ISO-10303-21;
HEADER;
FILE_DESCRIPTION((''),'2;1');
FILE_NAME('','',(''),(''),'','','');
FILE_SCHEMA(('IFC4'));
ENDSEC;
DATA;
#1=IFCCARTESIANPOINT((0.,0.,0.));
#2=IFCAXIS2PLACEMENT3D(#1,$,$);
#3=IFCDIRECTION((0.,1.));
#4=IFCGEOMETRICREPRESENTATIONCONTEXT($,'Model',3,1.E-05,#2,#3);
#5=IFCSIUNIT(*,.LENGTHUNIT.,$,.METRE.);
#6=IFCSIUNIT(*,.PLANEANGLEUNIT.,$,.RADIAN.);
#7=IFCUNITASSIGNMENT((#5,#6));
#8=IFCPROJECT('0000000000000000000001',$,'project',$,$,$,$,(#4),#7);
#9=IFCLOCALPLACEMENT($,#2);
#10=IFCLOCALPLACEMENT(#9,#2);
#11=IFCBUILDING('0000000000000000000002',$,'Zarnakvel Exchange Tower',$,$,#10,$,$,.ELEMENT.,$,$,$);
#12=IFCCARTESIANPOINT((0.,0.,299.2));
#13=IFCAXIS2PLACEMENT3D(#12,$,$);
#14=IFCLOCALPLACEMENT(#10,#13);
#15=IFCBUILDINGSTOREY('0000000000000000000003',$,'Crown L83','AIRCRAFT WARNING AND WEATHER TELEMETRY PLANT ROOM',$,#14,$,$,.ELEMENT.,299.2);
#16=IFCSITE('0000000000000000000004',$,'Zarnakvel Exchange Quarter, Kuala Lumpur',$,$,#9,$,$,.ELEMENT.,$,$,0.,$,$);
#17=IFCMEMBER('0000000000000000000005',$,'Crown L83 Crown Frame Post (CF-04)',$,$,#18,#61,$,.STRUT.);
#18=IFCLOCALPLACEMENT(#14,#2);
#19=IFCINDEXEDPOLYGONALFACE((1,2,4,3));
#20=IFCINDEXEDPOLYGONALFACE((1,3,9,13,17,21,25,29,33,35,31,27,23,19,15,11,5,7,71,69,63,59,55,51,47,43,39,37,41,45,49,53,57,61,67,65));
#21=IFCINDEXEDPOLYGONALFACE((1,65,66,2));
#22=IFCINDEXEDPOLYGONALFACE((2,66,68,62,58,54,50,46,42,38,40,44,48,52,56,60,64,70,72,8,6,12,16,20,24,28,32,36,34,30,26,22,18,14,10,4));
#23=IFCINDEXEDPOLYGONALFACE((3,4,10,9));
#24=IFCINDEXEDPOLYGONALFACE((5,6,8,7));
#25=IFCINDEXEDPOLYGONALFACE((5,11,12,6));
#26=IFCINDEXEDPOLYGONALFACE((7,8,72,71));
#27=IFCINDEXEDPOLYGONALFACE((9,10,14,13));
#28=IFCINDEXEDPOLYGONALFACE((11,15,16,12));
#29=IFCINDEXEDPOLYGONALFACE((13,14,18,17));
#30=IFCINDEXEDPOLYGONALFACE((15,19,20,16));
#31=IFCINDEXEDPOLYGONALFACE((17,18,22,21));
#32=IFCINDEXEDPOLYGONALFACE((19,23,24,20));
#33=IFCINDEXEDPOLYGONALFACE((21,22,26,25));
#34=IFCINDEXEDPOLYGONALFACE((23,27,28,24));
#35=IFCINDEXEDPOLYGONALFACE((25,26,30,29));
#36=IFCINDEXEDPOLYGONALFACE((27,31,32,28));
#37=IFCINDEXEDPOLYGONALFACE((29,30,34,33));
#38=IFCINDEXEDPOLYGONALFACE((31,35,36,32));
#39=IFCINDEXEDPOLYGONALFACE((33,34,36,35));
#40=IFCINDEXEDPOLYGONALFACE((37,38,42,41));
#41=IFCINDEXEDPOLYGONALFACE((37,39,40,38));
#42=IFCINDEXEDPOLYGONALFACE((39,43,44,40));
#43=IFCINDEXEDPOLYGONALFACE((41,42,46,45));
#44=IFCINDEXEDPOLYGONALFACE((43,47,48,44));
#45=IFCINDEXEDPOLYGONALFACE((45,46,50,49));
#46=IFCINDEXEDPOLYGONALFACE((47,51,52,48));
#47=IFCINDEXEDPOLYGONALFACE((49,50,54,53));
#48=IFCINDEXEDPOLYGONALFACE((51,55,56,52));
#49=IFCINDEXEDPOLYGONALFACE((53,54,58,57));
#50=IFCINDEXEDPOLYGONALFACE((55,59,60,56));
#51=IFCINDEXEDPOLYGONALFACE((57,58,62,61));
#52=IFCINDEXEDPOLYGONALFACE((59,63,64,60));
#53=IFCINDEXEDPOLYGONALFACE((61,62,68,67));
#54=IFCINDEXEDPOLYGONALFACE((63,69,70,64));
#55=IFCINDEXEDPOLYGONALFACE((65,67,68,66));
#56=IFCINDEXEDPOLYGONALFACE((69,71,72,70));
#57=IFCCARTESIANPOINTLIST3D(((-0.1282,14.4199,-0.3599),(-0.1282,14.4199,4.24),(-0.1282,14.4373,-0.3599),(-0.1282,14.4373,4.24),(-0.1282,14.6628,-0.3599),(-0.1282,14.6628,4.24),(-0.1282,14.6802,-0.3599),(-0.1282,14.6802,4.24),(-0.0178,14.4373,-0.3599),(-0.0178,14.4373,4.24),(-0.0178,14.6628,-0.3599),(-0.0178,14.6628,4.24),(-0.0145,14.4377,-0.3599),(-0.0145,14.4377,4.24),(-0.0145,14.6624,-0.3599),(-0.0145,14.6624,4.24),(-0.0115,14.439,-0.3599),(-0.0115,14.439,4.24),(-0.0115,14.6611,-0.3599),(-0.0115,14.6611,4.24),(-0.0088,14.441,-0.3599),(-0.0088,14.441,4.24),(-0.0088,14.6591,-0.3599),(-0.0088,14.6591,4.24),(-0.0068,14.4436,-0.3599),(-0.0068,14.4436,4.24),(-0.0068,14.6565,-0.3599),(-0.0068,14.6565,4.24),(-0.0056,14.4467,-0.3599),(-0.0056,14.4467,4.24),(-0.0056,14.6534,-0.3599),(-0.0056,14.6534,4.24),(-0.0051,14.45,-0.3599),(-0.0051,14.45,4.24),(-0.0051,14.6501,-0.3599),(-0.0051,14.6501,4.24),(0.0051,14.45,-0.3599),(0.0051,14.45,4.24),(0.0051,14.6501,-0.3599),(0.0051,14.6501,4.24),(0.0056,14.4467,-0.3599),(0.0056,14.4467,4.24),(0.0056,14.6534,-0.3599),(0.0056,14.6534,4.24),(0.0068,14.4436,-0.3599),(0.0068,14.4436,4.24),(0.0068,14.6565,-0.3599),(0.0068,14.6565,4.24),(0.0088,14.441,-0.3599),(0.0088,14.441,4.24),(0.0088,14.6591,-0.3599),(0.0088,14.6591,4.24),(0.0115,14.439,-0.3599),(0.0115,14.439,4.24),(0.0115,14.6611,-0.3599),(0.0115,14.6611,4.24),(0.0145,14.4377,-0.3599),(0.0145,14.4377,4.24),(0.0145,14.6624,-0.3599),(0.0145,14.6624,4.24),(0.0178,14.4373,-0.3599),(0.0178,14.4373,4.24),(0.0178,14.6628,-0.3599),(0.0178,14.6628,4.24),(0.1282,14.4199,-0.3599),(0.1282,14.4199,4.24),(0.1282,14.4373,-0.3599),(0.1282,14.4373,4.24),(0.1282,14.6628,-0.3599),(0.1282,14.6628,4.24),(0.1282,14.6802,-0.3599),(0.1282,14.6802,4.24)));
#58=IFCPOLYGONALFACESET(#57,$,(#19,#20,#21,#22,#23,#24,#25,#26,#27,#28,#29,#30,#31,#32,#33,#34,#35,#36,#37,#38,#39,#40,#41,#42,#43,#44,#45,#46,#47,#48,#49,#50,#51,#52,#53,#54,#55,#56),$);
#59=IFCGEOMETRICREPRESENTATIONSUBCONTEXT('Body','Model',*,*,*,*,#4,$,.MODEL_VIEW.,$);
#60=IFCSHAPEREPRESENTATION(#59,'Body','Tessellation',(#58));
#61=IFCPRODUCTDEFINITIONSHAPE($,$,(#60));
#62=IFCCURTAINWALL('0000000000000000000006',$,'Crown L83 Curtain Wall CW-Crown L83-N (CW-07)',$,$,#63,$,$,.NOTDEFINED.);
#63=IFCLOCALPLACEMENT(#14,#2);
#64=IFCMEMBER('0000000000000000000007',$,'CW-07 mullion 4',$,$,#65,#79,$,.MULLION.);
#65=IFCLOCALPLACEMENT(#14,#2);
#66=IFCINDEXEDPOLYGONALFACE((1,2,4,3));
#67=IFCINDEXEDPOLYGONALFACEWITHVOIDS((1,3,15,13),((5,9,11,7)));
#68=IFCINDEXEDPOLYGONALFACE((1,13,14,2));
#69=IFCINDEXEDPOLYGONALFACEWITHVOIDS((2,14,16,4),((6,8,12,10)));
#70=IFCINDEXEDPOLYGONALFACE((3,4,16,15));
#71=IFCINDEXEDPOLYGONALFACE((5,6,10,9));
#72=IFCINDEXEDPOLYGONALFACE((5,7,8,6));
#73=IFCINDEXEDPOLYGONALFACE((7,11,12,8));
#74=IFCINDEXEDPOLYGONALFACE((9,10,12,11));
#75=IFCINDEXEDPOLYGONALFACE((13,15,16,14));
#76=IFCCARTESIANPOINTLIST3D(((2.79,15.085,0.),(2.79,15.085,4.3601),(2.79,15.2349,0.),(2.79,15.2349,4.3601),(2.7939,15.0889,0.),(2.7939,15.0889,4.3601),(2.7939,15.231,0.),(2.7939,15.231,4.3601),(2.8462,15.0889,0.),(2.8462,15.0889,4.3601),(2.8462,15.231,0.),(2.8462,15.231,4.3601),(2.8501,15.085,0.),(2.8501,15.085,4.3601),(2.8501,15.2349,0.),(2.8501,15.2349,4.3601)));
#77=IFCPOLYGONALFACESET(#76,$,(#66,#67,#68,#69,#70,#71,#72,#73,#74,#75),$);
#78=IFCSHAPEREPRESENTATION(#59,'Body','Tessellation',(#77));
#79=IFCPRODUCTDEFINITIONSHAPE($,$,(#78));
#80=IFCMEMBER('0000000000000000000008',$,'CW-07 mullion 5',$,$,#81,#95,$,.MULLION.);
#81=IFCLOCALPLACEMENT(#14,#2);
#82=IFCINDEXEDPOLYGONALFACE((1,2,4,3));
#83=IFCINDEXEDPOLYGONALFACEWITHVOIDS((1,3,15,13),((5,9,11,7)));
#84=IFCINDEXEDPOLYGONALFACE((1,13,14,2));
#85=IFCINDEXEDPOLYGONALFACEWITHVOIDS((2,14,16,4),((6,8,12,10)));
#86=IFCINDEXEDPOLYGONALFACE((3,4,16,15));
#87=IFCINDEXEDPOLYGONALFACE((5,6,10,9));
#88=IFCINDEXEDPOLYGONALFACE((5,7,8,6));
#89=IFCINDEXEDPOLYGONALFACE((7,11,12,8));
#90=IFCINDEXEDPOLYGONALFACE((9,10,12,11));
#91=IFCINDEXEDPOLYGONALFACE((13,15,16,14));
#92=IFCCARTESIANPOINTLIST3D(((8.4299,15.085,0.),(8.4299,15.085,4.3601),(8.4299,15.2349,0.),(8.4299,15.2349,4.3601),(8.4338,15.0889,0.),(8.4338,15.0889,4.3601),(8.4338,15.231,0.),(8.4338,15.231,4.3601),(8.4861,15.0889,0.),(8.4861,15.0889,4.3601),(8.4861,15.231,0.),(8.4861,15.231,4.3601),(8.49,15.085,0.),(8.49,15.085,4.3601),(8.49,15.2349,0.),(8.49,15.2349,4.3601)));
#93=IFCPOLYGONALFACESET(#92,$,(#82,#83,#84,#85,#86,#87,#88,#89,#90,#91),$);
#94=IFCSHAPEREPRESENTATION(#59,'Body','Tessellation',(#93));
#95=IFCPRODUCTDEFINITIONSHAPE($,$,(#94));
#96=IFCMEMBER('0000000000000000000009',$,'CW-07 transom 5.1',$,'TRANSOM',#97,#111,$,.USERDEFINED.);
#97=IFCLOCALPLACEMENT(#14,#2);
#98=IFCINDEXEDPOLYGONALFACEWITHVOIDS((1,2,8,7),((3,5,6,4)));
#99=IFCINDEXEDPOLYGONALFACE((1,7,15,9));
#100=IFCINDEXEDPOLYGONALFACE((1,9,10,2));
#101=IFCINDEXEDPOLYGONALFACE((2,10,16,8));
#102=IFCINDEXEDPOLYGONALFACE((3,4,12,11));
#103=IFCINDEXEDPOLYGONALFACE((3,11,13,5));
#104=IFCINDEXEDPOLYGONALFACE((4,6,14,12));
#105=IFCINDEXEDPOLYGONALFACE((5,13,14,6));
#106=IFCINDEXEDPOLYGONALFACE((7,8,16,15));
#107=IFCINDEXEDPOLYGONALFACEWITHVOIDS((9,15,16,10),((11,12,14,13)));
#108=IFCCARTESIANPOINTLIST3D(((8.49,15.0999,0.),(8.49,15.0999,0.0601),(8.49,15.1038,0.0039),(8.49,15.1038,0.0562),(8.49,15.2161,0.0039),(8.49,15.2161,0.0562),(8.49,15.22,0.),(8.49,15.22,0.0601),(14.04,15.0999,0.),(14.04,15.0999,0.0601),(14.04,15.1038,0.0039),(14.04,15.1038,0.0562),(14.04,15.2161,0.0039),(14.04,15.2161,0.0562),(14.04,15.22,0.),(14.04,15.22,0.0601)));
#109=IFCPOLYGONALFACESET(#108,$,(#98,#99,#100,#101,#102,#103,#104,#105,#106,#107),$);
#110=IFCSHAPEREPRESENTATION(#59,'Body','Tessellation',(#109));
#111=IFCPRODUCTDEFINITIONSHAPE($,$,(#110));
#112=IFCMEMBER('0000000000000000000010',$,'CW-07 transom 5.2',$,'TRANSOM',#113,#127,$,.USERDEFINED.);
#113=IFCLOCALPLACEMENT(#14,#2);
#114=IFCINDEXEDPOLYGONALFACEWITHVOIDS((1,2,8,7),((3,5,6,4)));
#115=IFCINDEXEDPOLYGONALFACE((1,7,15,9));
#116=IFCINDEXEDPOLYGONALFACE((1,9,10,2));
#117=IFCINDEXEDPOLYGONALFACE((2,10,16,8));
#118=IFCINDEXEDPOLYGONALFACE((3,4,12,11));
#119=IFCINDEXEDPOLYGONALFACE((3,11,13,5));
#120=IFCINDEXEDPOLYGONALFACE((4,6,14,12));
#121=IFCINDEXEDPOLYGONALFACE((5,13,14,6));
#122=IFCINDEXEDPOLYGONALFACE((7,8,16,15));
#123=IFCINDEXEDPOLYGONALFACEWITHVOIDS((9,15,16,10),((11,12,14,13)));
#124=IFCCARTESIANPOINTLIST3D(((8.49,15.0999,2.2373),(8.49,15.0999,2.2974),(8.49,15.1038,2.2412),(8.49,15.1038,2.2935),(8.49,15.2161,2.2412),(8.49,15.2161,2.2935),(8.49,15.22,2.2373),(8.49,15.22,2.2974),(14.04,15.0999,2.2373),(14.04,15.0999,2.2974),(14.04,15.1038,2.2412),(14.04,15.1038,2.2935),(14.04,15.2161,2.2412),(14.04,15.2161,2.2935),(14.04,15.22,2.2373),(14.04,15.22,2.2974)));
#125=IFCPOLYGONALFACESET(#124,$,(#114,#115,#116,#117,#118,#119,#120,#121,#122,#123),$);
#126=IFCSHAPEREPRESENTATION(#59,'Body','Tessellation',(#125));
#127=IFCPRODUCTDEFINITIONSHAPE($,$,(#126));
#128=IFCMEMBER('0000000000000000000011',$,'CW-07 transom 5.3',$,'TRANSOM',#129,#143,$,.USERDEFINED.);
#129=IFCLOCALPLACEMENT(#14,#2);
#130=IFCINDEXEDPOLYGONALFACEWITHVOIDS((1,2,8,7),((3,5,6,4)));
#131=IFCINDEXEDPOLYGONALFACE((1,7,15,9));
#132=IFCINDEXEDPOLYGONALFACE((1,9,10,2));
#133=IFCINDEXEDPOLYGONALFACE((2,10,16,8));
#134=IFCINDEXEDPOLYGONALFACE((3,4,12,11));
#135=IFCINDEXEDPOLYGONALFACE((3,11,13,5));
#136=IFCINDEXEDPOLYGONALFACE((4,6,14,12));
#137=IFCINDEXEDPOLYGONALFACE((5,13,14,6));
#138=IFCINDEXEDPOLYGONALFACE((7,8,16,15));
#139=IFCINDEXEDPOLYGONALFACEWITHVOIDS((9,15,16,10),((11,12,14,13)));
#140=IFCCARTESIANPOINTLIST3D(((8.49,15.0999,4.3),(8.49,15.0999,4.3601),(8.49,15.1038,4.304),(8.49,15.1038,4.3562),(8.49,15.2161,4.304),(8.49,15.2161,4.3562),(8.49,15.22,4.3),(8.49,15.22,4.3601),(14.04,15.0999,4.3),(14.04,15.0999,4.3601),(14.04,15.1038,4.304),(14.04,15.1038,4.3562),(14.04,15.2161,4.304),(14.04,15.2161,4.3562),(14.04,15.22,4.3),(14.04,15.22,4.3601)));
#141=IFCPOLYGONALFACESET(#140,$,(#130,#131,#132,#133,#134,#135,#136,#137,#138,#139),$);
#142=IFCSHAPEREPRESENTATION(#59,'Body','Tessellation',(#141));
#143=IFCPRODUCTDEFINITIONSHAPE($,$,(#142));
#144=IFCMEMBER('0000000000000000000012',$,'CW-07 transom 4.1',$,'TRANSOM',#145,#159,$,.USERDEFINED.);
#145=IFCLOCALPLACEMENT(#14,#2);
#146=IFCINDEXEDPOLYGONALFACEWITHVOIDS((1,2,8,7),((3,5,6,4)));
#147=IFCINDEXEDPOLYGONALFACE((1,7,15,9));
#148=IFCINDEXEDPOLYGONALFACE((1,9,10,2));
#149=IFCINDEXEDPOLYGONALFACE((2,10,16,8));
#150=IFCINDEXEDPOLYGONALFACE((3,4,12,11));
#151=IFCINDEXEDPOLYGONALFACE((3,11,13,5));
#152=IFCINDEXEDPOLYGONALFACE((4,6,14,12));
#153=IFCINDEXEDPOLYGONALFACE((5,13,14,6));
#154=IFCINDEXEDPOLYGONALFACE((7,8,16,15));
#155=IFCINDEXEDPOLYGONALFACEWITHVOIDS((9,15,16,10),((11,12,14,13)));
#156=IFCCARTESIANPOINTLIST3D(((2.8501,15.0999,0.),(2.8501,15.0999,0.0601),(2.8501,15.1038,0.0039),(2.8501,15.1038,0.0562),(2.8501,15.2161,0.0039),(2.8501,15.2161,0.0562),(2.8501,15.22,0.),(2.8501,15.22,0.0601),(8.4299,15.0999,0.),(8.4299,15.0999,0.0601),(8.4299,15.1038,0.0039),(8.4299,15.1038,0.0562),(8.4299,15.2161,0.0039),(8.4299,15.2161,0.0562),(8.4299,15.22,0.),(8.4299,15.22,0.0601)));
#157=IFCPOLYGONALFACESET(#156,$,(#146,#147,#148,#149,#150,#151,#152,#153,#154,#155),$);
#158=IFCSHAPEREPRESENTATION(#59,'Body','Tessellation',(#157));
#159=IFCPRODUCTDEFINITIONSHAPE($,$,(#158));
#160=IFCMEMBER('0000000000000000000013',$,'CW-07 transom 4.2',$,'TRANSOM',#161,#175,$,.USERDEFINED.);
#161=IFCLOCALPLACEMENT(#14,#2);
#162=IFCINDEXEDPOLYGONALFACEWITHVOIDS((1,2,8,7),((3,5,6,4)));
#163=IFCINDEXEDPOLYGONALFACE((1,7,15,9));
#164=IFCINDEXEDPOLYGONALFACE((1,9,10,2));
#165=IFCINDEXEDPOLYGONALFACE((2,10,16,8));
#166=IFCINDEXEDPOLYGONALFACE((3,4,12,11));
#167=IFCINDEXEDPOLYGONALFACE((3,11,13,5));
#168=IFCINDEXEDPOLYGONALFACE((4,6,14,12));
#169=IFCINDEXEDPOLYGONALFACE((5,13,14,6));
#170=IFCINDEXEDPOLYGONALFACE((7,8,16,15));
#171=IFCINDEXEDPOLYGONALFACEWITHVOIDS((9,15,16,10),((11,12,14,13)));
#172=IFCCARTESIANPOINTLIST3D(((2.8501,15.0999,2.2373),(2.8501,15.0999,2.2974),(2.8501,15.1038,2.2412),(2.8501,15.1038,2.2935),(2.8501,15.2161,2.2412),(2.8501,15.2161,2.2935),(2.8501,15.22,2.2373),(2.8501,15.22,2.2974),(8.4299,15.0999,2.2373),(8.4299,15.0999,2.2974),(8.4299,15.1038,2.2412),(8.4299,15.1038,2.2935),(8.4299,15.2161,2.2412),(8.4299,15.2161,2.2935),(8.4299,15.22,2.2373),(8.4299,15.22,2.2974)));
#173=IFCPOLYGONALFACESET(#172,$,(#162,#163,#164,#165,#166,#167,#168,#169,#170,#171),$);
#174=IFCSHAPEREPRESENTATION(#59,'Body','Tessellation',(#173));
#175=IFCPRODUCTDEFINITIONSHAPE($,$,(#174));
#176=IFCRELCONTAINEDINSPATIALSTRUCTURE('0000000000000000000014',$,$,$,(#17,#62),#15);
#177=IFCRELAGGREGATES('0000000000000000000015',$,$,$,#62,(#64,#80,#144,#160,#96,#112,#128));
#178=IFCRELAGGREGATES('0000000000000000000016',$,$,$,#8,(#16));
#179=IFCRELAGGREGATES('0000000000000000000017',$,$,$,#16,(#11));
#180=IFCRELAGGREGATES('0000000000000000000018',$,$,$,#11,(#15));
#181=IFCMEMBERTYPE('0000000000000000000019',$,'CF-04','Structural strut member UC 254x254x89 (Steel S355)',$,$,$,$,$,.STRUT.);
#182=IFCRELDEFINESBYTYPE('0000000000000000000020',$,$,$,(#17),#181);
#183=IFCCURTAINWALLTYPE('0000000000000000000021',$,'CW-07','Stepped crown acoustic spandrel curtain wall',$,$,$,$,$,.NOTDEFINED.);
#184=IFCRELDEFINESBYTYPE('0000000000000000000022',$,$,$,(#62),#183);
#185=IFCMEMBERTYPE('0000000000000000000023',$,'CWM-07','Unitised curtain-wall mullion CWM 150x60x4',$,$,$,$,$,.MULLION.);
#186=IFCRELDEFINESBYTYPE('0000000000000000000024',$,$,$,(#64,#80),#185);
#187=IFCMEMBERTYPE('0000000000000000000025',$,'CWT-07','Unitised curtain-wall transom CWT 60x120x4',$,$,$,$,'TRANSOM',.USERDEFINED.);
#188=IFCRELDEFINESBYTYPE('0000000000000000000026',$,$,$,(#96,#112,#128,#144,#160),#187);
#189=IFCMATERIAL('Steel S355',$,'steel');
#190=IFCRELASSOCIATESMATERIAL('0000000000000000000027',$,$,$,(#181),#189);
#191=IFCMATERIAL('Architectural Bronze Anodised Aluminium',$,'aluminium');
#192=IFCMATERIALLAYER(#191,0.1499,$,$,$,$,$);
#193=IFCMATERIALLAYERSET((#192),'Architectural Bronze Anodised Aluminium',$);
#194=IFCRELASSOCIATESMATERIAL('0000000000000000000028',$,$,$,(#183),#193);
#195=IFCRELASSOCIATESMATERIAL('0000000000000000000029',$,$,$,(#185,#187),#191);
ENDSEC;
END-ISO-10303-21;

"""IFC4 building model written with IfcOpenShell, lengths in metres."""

from ifc_helpers import new_model, si_unit, direction, frame, origin, origin_2d, place, context, subcontext, project, spatial, hollow_rectangle, i_section, extrude, source, transform, mapped, material, layer, layer_set, material_profile, profile_set, type_object, element, aggregate, save


model = new_model("IFC4")

# Units and contexts
model_context = context("Model", 3, precision=1e-05, world=origin(), true_north=direction((0.0, 1.0)))
body_context = subcontext(model_context, "Body", "Model", "MODEL_VIEW")
ifc_project = project(units=[si_unit("LENGTHUNIT", "METRE"), si_unit("PLANEANGLEUNIT", "RADIAN")], contexts=[model_context])

# Site, building, storey
site_placement = place(None, origin())
site = spatial("IfcSite", under=ifc_project, at=site_placement, Name="Zarnakvel Exchange Quarter, Kuala Lumpur", CompositionType="ELEMENT", RefElevation=0.0)
building_placement = place(site_placement, origin())
building = spatial("IfcBuilding", under=site, at=building_placement, Name="Zarnakvel Exchange Tower", CompositionType="ELEMENT")
storey_placement = place(building_placement, frame((0.0, 0.0, 299.2)))
storey = spatial("IfcBuildingStorey", under=building, at=storey_placement, Name="Crown L83", Description="AIRCRAFT WARNING AND WEATHER TELEMETRY PLANT ROOM", CompositionType="ELEMENT", Elevation=299.2)

# Shared definitions
ifc_material_1 = material(Name="Steel S355", Category="steel")

# Member
ifc_material_profile_1 = material_profile(ifc_material_1, i_section(OverallWidth=0.2563, OverallDepth=0.2603, WebThickness=0.0103, FlangeThickness=0.0173, FilletRadius=0.0127, at=origin_2d()))
ifc_profile_set_1 = profile_set([ifc_material_profile_1], Name="Steel S355")
member_type_1 = type_object("IfcMemberType", Name="CF-04", Description="Structural strut member UC 254x254x89 (Steel S355)", PredefinedType="STRUT", material=ifc_profile_set_1)
shared_shape_1 = source(origin(), body_context, "Body", "SweptSolid", [
    extrude(i_section(OverallWidth=0.2563, OverallDepth=0.2603, WebThickness=0.0103, FlangeThickness=0.0173, FilletRadius=0.0127, at=origin_2d()), origin(), (0.0, 0.0, 1.0), 4.5999),
])
member_1_placement = place(storey_placement, frame((0.0, 14.55, -0.3599), z_axis=(0.0, 0.0, 1.0), x_axis=(1.0, 0.0, 0.0)))
element("IfcMember", 1, at=member_1_placement, inside=storey, type_object=member_type_1, Name="Crown L83 Crown Frame Post (CF-04)", PredefinedType="STRUT", context=body_context, shape_type="MappedRepresentation", body=[
    mapped(shared_shape_1, transform((0.0, 0.0, 0.0), x_axis=(1.0, 0.0, 0.0), y_axis=(0.0, 1.0, 0.0), z_axis=(0.0, 0.0, 1.0), scale=1.0)),
])

# Curtain wall, members
ifc_material_2 = material(Name="Architectural Bronze Anodised Aluminium", Category="aluminium")
ifc_layer_1 = layer(ifc_material_2, 0.1499)
ifc_layer_set_1 = layer_set([ifc_layer_1], Name="Architectural Bronze Anodised Aluminium")
curtain_wall_type = type_object("IfcCurtainWallType", Name="CW-07", Description="Stepped crown acoustic spandrel curtain wall", PredefinedType="NOTDEFINED", material=ifc_layer_set_1)
curtain_wall_placement = place(storey_placement, origin())
curtain_wall = element("IfcCurtainWall", 2, at=curtain_wall_placement, inside=storey, type_object=curtain_wall_type, Name="Crown L83 Curtain Wall CW-Crown L83-N (CW-07)", PredefinedType="NOTDEFINED")
ifc_material_profile_2 = material_profile(ifc_material_2, hollow_rectangle(XDim=0.1499, YDim=0.0601, WallThickness=0.0039, at=origin_2d()))
ifc_profile_set_2 = profile_set([ifc_material_profile_2], Name="Architectural Bronze Anodised Aluminium")
member_type_2 = type_object("IfcMemberType", Name="CWM-07", Description="Unitised curtain-wall mullion CWM 150x60x4", PredefinedType="MULLION", material=ifc_profile_set_2)
shared_shape_2 = source(origin(), body_context, "Body", "SweptSolid", [
    extrude(hollow_rectangle(XDim=0.1499, YDim=0.0601, WallThickness=0.0039, at=origin_2d()), origin(), (0.0, 0.0, 1.0), 4.3601),
])
member_2_placement = place(storey_placement, frame((2.8201, 15.1599, 0.0), z_axis=(0.0, 0.0, 1.0), x_axis=(0.0, 1.0, 0.0)))
member_2 = element("IfcMember", 3, at=member_2_placement, type_object=member_type_2, Name="CW-07 mullion 4", PredefinedType="MULLION", context=body_context, shape_type="MappedRepresentation", body=[
    mapped(shared_shape_2, transform((0.0, 0.0, 0.0), x_axis=(1.0, 0.0, 0.0), y_axis=(0.0, 1.0, 0.0), z_axis=(0.0, 0.0, 1.0), scale=1.0)),
])
member_3_placement = place(storey_placement, frame((8.46, 15.1599, 0.0), z_axis=(0.0, 0.0, 1.0), x_axis=(0.0, 1.0, 0.0)))
member_3 = element("IfcMember", 4, at=member_3_placement, type_object=member_type_2, Name="CW-07 mullion 5", PredefinedType="MULLION", context=body_context, shape_type="MappedRepresentation", body=[
    mapped(shared_shape_2, transform((0.0, 0.0, 0.0), x_axis=(1.0, 0.0, 0.0), y_axis=(0.0, 1.0, 0.0), z_axis=(0.0, 0.0, 1.0), scale=1.0)),
])
ifc_material_profile_3 = material_profile(ifc_material_2, hollow_rectangle(XDim=0.1201, YDim=0.0601, WallThickness=0.0039, at=origin_2d()))
ifc_profile_set_3 = profile_set([ifc_material_profile_3], Name="Architectural Bronze Anodised Aluminium")
member_type_3 = type_object("IfcMemberType", Name="CWT-07", Description="Unitised curtain-wall transom CWT 60x120x4", ElementType="TRANSOM", PredefinedType="USERDEFINED", material=ifc_profile_set_3)
shared_shape_3 = source(origin(), body_context, "Body", "SweptSolid", [
    extrude(hollow_rectangle(XDim=0.1201, YDim=0.0601, WallThickness=0.0039, at=origin_2d()), origin(), (0.0, 0.0, 1.0), 5.55),
])
member_4_placement = place(storey_placement, frame((8.49, 15.1599, 0.03), z_axis=(1.0, 0.0, 0.0), x_axis=(0.0, 1.0, 0.0)))
member_4 = element("IfcMember", 5, at=member_4_placement, type_object=member_type_3, Name="CW-07 transom 5.1", ObjectType="TRANSOM", PredefinedType="USERDEFINED", context=body_context, shape_type="MappedRepresentation", body=[
    mapped(shared_shape_3, transform((0.0, 0.0, 0.0), x_axis=(1.0, 0.0, 0.0), y_axis=(0.0, 1.0, 0.0), z_axis=(0.0, 0.0, 1.0), scale=1.0)),
])
member_5_placement = place(storey_placement, frame((8.49, 15.1599, 2.2673), z_axis=(1.0, 0.0, 0.0), x_axis=(0.0, 1.0, 0.0)))
member_5 = element("IfcMember", 6, at=member_5_placement, type_object=member_type_3, Name="CW-07 transom 5.2", ObjectType="TRANSOM", PredefinedType="USERDEFINED", context=body_context, shape_type="MappedRepresentation", body=[
    mapped(shared_shape_3, transform((0.0, 0.0, 0.0), x_axis=(1.0, 0.0, 0.0), y_axis=(0.0, 1.0, 0.0), z_axis=(0.0, 0.0, 1.0), scale=1.0)),
])
member_6_placement = place(storey_placement, frame((8.49, 15.1599, 4.3301), z_axis=(1.0, 0.0, 0.0), x_axis=(0.0, 1.0, 0.0)))
member_6 = element("IfcMember", 7, at=member_6_placement, type_object=member_type_3, Name="CW-07 transom 5.3", ObjectType="TRANSOM", PredefinedType="USERDEFINED", context=body_context, shape_type="MappedRepresentation", body=[
    mapped(shared_shape_3, transform((0.0, 0.0, 0.0), x_axis=(1.0, 0.0, 0.0), y_axis=(0.0, 1.0, 0.0), z_axis=(0.0, 0.0, 1.0), scale=1.0)),
])
shared_shape_4 = source(origin(), body_context, "Body", "SweptSolid", [
    extrude(hollow_rectangle(XDim=0.1201, YDim=0.0601, WallThickness=0.0039, at=origin_2d()), origin(), (0.0, 0.0, 1.0), 5.5798),
])
member_7_placement = place(storey_placement, frame((2.8501, 15.1599, 0.03), z_axis=(1.0, 0.0, 0.0), x_axis=(0.0, 1.0, 0.0)))
member_7 = element("IfcMember", 8, at=member_7_placement, type_object=member_type_3, Name="CW-07 transom 4.1", ObjectType="TRANSOM", PredefinedType="USERDEFINED", context=body_context, shape_type="MappedRepresentation", body=[
    mapped(shared_shape_4, transform((0.0, 0.0, 0.0), x_axis=(1.0, 0.0, 0.0), y_axis=(0.0, 1.0, 0.0), z_axis=(0.0, 0.0, 1.0), scale=1.0)),
])
member_8_placement = place(storey_placement, frame((2.8501, 15.1599, 2.2673), z_axis=(1.0, 0.0, 0.0), x_axis=(0.0, 1.0, 0.0)))
member_8 = element("IfcMember", 9, at=member_8_placement, type_object=member_type_3, Name="CW-07 transom 4.2", ObjectType="TRANSOM", PredefinedType="USERDEFINED", context=body_context, shape_type="MappedRepresentation", body=[
    mapped(shared_shape_4, transform((0.0, 0.0, 0.0), x_axis=(1.0, 0.0, 0.0), y_axis=(0.0, 1.0, 0.0), z_axis=(0.0, 0.0, 1.0), scale=1.0)),
])

aggregate(curtain_wall, [member_2, member_3, member_7, member_8, member_4, member_5, member_6])

save(model, "model.ifc")
